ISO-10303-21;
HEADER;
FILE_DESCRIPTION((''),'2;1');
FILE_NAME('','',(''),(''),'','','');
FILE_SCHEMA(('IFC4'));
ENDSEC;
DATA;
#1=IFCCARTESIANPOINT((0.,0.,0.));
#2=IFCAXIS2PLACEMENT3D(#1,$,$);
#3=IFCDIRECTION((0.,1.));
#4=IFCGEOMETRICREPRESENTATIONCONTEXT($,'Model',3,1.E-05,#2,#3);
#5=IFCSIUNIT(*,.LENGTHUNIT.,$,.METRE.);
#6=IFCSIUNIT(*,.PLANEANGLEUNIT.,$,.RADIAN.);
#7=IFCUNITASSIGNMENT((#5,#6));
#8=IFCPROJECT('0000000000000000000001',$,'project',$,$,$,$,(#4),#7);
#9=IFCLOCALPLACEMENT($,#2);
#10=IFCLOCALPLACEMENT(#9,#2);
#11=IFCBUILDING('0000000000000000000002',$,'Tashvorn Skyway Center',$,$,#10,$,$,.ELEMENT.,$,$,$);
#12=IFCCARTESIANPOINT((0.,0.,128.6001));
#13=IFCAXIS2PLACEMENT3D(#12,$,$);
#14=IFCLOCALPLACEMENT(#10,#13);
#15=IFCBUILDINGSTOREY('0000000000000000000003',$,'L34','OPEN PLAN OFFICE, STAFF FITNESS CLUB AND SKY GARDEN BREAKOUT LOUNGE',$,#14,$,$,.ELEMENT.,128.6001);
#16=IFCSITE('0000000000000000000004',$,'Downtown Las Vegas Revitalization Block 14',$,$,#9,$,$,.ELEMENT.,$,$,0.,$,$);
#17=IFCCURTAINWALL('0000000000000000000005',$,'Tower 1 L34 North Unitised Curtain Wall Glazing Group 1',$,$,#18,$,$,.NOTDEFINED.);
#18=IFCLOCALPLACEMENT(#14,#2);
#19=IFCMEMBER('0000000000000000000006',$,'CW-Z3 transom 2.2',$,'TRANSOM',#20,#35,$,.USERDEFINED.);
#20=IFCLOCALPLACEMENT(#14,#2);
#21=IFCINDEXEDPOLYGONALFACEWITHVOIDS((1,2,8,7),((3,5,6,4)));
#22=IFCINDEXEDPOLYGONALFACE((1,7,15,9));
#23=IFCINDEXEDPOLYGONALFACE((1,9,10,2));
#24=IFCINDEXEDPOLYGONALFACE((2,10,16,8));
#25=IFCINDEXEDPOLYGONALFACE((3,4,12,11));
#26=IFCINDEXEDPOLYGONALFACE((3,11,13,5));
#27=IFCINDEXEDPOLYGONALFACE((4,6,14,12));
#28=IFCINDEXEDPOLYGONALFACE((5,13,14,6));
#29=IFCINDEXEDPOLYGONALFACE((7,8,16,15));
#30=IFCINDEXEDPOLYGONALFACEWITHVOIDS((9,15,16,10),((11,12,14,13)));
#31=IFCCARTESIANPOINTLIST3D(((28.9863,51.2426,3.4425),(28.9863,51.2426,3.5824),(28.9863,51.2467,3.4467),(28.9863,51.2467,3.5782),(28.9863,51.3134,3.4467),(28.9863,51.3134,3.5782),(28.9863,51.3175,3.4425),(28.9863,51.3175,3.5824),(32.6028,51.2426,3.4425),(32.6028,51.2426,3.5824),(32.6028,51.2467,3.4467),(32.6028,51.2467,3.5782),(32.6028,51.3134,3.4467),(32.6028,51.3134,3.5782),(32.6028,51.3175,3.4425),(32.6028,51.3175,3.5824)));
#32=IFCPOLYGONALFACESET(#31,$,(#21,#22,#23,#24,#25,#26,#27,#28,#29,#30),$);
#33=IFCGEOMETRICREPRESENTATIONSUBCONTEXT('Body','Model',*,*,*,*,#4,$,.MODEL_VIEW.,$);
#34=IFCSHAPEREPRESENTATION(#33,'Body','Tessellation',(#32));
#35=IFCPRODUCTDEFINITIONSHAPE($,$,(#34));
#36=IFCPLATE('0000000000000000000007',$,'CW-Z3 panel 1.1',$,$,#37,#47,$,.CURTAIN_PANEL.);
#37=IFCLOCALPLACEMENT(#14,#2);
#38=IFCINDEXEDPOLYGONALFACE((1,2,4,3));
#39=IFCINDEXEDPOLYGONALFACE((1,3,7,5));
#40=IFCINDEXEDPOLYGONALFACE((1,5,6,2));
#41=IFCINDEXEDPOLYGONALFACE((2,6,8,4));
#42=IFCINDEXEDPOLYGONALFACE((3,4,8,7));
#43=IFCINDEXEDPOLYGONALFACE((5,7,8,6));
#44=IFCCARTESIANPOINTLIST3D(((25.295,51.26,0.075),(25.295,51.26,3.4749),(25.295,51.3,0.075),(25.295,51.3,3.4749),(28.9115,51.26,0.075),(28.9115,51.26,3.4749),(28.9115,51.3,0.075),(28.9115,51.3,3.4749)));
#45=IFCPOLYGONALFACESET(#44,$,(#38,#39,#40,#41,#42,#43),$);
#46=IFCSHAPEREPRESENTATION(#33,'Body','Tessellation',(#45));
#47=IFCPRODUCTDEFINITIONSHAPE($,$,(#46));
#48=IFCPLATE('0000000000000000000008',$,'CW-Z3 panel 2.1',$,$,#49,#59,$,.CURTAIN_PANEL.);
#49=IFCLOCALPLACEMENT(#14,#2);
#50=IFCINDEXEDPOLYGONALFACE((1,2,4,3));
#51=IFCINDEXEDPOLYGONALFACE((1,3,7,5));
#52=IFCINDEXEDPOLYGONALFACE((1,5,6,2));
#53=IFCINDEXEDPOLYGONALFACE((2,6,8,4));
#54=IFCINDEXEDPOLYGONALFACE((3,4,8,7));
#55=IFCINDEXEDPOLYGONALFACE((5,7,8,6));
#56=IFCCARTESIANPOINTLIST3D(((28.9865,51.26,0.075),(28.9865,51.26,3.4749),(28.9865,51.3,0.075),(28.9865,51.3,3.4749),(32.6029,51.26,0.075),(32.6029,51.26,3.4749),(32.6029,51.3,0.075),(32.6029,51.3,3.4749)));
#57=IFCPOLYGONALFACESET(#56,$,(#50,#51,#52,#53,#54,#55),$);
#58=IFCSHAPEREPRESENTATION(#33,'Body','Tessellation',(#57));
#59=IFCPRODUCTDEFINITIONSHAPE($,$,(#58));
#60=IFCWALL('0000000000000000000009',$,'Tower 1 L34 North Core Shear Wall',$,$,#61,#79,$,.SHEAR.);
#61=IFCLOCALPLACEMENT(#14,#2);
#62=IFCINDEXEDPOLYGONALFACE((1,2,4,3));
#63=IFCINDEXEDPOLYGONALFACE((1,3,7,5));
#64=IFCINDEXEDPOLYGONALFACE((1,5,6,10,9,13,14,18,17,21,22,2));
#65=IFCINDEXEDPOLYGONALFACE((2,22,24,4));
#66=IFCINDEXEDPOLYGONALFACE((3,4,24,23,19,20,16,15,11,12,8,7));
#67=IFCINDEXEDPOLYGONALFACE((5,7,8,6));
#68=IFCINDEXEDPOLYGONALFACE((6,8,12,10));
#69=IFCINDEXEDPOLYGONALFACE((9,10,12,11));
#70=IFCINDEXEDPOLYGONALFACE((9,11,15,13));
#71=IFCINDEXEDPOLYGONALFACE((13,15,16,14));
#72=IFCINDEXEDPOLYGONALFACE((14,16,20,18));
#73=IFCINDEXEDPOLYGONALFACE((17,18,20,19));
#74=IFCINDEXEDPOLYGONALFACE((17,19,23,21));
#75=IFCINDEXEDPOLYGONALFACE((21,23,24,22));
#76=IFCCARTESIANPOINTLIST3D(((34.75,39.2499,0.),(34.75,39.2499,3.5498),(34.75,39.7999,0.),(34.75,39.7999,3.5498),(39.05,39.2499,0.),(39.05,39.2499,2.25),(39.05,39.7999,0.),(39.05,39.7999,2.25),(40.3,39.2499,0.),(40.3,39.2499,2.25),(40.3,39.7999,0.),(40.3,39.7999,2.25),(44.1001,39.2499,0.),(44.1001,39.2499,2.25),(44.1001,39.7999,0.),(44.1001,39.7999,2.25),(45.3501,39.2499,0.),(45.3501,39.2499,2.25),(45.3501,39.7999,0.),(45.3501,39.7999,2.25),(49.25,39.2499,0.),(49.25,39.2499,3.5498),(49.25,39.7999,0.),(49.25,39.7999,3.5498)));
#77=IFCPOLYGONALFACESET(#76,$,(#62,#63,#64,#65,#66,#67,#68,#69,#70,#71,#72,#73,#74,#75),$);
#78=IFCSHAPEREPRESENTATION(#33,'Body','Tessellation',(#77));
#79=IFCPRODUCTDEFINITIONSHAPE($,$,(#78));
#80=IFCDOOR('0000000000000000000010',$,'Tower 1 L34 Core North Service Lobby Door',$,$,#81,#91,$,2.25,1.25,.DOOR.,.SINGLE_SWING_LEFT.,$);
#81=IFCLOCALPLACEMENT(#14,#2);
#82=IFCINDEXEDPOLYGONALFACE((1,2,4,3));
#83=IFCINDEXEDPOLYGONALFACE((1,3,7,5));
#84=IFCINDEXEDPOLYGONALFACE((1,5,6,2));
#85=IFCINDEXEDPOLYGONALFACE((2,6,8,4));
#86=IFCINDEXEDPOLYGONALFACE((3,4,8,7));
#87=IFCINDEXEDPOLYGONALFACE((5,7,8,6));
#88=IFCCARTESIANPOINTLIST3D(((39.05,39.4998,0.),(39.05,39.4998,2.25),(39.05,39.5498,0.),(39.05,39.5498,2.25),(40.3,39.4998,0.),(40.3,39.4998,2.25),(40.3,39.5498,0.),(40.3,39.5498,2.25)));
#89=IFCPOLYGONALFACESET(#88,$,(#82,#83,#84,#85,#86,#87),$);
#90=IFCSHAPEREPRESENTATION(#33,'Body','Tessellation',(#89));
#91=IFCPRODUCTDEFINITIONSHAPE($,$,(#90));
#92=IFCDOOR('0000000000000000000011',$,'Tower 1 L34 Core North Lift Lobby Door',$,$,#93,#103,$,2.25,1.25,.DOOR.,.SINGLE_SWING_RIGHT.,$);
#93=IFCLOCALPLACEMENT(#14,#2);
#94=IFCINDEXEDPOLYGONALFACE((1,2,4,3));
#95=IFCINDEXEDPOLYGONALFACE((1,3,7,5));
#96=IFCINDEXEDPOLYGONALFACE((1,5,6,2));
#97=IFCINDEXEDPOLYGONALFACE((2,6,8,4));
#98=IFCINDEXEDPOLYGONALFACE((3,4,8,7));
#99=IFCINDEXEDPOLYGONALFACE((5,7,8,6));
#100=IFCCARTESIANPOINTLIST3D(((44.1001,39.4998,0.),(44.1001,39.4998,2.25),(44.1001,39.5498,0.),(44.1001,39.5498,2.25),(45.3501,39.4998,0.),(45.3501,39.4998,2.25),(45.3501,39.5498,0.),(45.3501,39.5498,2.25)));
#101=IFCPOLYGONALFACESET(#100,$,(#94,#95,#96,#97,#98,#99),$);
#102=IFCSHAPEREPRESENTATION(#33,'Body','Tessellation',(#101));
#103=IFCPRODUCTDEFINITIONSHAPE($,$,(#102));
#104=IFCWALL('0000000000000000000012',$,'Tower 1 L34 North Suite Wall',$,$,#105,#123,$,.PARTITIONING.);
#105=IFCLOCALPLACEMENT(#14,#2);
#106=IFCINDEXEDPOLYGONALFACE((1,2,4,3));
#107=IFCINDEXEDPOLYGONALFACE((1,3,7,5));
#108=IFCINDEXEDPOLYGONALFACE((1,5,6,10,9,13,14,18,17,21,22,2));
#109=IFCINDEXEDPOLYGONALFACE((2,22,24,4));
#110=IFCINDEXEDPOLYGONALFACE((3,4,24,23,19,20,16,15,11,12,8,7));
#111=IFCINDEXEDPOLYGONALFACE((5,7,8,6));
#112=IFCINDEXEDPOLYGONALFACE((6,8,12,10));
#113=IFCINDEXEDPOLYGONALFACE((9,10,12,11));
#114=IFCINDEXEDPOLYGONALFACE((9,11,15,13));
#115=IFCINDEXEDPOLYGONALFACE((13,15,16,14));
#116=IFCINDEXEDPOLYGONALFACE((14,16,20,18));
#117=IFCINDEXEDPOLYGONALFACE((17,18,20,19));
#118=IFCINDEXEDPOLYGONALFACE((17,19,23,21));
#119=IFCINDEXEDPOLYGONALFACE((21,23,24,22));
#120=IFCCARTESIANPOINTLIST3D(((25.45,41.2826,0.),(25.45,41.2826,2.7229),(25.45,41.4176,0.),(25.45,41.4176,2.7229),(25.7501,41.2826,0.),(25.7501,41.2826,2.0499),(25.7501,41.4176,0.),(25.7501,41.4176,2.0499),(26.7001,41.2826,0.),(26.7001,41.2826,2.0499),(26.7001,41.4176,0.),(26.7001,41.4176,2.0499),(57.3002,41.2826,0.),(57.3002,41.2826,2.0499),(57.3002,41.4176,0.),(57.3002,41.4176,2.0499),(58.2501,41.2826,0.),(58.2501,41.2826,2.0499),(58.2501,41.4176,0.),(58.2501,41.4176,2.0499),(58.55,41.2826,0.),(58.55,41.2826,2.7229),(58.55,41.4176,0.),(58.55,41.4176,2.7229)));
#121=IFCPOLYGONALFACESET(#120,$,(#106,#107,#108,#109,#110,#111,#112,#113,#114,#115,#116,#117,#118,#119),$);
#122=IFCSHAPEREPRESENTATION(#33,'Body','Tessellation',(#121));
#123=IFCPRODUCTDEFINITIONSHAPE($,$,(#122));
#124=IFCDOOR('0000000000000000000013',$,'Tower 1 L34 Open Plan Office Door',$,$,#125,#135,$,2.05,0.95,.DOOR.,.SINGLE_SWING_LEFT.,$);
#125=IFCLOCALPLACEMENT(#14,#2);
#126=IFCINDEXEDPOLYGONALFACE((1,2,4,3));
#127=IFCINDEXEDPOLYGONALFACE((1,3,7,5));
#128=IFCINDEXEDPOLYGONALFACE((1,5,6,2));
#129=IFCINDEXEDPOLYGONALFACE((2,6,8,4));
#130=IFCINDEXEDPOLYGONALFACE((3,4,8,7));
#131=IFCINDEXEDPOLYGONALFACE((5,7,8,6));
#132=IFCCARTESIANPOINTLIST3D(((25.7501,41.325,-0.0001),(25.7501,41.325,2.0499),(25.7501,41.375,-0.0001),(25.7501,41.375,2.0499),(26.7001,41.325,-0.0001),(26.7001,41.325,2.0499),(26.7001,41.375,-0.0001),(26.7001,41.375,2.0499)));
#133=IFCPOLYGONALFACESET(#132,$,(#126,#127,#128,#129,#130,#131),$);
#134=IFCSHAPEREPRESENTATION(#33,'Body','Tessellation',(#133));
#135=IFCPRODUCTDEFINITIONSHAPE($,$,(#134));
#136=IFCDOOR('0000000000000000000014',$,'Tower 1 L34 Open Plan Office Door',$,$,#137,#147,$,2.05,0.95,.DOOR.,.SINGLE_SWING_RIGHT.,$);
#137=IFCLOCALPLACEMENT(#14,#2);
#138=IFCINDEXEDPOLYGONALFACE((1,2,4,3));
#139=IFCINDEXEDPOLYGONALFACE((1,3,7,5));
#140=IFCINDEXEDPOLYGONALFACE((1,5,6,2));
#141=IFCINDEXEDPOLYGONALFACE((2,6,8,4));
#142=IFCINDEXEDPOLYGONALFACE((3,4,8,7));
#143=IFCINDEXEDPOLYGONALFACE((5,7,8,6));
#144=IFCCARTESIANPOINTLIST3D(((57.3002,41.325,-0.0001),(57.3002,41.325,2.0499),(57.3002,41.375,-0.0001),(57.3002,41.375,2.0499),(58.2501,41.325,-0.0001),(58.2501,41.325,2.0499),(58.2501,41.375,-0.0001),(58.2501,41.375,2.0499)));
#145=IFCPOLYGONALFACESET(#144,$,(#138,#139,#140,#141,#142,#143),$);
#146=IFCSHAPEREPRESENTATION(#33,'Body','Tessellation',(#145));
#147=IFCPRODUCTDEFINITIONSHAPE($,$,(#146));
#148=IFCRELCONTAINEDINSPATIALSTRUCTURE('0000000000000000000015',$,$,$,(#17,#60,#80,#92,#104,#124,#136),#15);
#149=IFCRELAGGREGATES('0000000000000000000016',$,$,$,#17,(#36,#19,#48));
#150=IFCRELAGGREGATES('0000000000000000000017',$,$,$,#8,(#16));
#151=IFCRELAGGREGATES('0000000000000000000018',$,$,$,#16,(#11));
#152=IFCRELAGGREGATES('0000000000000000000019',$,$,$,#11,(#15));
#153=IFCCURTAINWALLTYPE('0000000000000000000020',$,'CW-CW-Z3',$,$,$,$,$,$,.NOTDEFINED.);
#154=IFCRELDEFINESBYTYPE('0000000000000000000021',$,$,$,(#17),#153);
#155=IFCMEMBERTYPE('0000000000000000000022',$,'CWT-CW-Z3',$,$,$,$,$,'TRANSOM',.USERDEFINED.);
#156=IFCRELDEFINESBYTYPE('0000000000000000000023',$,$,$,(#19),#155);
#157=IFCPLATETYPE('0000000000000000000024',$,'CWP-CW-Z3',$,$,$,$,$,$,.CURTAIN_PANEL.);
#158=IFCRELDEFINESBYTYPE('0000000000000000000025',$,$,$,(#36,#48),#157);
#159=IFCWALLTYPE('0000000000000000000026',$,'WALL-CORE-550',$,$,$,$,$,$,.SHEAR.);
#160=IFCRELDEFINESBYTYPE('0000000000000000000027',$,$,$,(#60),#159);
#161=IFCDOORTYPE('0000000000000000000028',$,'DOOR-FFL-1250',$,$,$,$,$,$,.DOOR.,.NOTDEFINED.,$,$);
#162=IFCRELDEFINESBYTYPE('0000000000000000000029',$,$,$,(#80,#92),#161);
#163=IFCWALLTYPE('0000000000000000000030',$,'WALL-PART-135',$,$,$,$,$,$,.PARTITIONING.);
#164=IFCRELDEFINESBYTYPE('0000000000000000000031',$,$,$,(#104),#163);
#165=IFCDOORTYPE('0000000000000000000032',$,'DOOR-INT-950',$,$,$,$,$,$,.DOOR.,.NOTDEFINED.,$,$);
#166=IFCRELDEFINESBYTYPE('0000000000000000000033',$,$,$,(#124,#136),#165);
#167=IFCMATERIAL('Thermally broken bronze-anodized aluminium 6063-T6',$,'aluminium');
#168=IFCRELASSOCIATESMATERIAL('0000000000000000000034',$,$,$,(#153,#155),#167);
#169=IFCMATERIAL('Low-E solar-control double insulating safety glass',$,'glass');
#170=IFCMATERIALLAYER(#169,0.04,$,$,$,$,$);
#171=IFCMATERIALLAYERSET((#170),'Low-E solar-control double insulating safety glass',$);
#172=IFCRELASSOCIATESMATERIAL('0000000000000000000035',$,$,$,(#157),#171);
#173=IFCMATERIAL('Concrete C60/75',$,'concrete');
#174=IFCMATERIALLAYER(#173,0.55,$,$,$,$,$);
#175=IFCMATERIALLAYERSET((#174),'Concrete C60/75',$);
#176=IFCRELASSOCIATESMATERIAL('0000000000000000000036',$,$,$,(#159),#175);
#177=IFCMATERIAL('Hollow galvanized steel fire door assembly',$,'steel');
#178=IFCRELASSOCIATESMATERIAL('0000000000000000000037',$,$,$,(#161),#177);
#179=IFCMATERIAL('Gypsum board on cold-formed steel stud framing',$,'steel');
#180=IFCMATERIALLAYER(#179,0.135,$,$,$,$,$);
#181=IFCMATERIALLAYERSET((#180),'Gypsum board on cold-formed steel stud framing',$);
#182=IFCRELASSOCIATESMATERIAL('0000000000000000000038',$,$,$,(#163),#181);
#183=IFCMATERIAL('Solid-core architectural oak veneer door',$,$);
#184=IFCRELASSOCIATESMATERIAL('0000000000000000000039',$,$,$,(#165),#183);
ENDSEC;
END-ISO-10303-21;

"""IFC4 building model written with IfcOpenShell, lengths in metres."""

from ifc_helpers import new_model, si_unit, direction, frame, frame_2d, origin, origin_2d, place, context, subcontext, project, spatial, rectangle, hollow_rectangle, extrude, material, layer, layer_set, material_profile, profile_set, type_object, element, fill, aggregate, save


model = new_model("IFC4")

# Units and contexts
model_context = context("Model", 3, precision=1e-05, world=origin(), true_north=direction((0.0, 1.0)))
body_context = subcontext(model_context, "Body", "Model", "MODEL_VIEW")
ifc_project = project(units=[si_unit("LENGTHUNIT", "METRE"), si_unit("PLANEANGLEUNIT", "RADIAN")], contexts=[model_context])

# Site, building, storey
site_placement = place(None, origin())
site = spatial("IfcSite", under=ifc_project, at=site_placement, Name="Downtown Las Vegas Revitalization Block 14", CompositionType="ELEMENT", RefElevation=0.0)
building_placement = place(site_placement, origin())
building = spatial("IfcBuilding", under=site, at=building_placement, Name="Tashvorn Skyway Center", CompositionType="ELEMENT")
storey_placement = place(building_placement, frame((0.0, 0.0, 128.6001)))
storey = spatial("IfcBuildingStorey", under=building, at=storey_placement, Name="L34", Description="OPEN PLAN OFFICE, STAFF FITNESS CLUB AND SKY GARDEN BREAKOUT LOUNGE", CompositionType="ELEMENT", Elevation=128.6001)

# Curtain wall, member, plates
ifc_material_1 = material(Name="Thermally broken bronze-anodized aluminium 6063-T6", Category="aluminium")
curtain_wall_type = type_object("IfcCurtainWallType", Name="CW-CW-Z3", PredefinedType="NOTDEFINED", material=ifc_material_1)
curtain_wall_placement = place(storey_placement, origin())
curtain_wall = element("IfcCurtainWall", 1, at=curtain_wall_placement, inside=storey, type_object=curtain_wall_type, Name="Tower 1 L34 North Unitised Curtain Wall Glazing Group 1", PredefinedType="NOTDEFINED")
ifc_material_profile_1 = material_profile(ifc_material_1, hollow_rectangle(XDim=0.075, YDim=0.1399, WallThickness=0.0042, at=origin_2d()), Name="ALU-TRAN-75x140")
ifc_profile_set_1 = profile_set([ifc_material_profile_1], Name="Thermally broken bronze-anodized aluminium 6063-T6")
member_type_1 = type_object("IfcMemberType", Name="CWT-CW-Z3", ElementType="TRANSOM", PredefinedType="USERDEFINED", material=ifc_profile_set_1)
member_1_placement = place(storey_placement, frame((28.9863, 51.28, 3.5125), z_axis=(1.0, 0.0, 0.0), x_axis=(0.0, 1.0, 0.0)))
member_1 = element("IfcMember", 2, at=member_1_placement, type_object=member_type_1, Name="CW-Z3 transom 2.2", ObjectType="TRANSOM", PredefinedType="USERDEFINED", context=body_context, shape_type="SweptSolid", body=[
    extrude(hollow_rectangle(XDim=0.075, YDim=0.1399, WallThickness=0.0042, at=origin_2d()), origin(), (0.0, 0.0, 1.0), 3.6165),
])
ifc_material_2 = material(Name="Low-E solar-control double insulating safety glass", Category="glass")
ifc_layer_1 = layer(ifc_material_2, 0.04)
ifc_layer_set_1 = layer_set([ifc_layer_1], Name="Low-E solar-control double insulating safety glass")
plate_type = type_object("IfcPlateType", Name="CWP-CW-Z3", PredefinedType="CURTAIN_PANEL", material=ifc_layer_set_1)
plate_1_placement = place(storey_placement, frame((27.1033, 51.28, 0.075), z_axis=(0.0, 0.0, 1.0), x_axis=(1.0, 0.0, 0.0)))
plate_1 = element("IfcPlate", 3, at=plate_1_placement, type_object=plate_type, Name="CW-Z3 panel 1.1", PredefinedType="CURTAIN_PANEL", context=body_context, shape_type="SweptSolid", body=[
    extrude(rectangle(XDim=3.6165, YDim=0.04, at=origin_2d()), origin(), (0.0, 0.0, 1.0), 3.3999),
])
plate_2_placement = place(storey_placement, frame((30.7947, 51.28, 0.075), z_axis=(0.0, 0.0, 1.0), x_axis=(1.0, 0.0, 0.0)))
plate_2 = element("IfcPlate", 4, at=plate_2_placement, type_object=plate_type, Name="CW-Z3 panel 2.1", PredefinedType="CURTAIN_PANEL", context=body_context, shape_type="SweptSolid", body=[
    extrude(rectangle(XDim=3.6165, YDim=0.04, at=origin_2d()), origin(), (0.0, 0.0, 1.0), 3.3999),
])
aggregate(curtain_wall, [plate_1, member_1, plate_2])

# Walls, openings, doors
ifc_material_3 = material(Name="Concrete C60/75", Category="concrete")
ifc_layer_2 = layer(ifc_material_3, 0.55)
ifc_layer_set_2 = layer_set([ifc_layer_2], Name="Concrete C60/75")
wall_type_1 = type_object("IfcWallType", Name="WALL-CORE-550", PredefinedType="SHEAR", material=ifc_layer_set_2)
wall_1_placement = place(storey_placement, frame((34.75, 39.5249, 0.0), z_axis=(0.0, 0.0, 1.0), x_axis=(1.0, 0.0, 0.0)))
wall_1 = element("IfcWall", 5, at=wall_1_placement, inside=storey, type_object=wall_type_1, Name="Tower 1 L34 North Core Shear Wall", PredefinedType="SHEAR", context=body_context, shape_type="SweptSolid", body=[
    extrude(rectangle(XDim=14.5, YDim=0.55, at=frame_2d((7.25, 0.0))), origin(), (0.0, 0.0, 1.0), 3.5498),
])
opening_1_placement = place(wall_1_placement, frame((4.3, 0.0, 0.0)))
opening_1 = element("IfcOpeningElement", 6, at=opening_1_placement, cuts=wall_1, PredefinedType="OPENING", context=body_context, shape_type="SweptSolid", body=[
    extrude(rectangle(XDim=1.25, YDim=2.25, at=frame_2d((0.625, 1.125))), frame((0.0, 0.2849, 0.0), z_axis=(0.0, -1.0, 0.0), x_axis=(1.0, 0.0, 0.0)), (0.0, 0.0, 1.0), 0.5701),
])
opening_2_placement = place(wall_1_placement, frame((9.3501, 0.0, 0.0)))
opening_2 = element("IfcOpeningElement", 7, at=opening_2_placement, cuts=wall_1, PredefinedType="OPENING", context=body_context, shape_type="SweptSolid", body=[
    extrude(rectangle(XDim=1.25, YDim=2.25, at=frame_2d((0.625, 1.125))), frame((0.0, 0.2849, 0.0), z_axis=(0.0, -1.0, 0.0), x_axis=(1.0, 0.0, 0.0)), (0.0, 0.0, 1.0), 0.5701),
])
ifc_material_4 = material(Name="Hollow galvanized steel fire door assembly", Category="steel")
door_type_1 = type_object("IfcDoorType", Name="DOOR-FFL-1250", OperationType="NOTDEFINED", PredefinedType="DOOR", material=ifc_material_4)
door_1_placement = place(opening_1_placement, origin())
door_1 = element("IfcDoor", 8, at=door_1_placement, inside=storey, type_object=door_type_1, Name="Tower 1 L34 Core North Service Lobby Door", OperationType="SINGLE_SWING_LEFT", OverallHeight=2.25, OverallWidth=1.25, PredefinedType="DOOR", context=body_context, shape_type="SweptSolid", body=[
    extrude(rectangle(XDim=1.25, YDim=2.25, at=frame_2d((0.625, 1.125))), frame((0.0, 0.0249, 0.0), z_axis=(0.0, -1.0, 0.0), x_axis=(1.0, 0.0, 0.0)), (0.0, 0.0, 1.0), 0.05),
])
fill(opening_1, door_1)
door_2_placement = place(opening_2_placement, origin())
door_2 = element("IfcDoor", 9, at=door_2_placement, inside=storey, type_object=door_type_1, Name="Tower 1 L34 Core North Lift Lobby Door", OperationType="SINGLE_SWING_RIGHT", OverallHeight=2.25, OverallWidth=1.25, PredefinedType="DOOR", context=body_context, shape_type="SweptSolid", body=[
    extrude(rectangle(XDim=1.25, YDim=2.25, at=frame_2d((0.625, 1.125))), frame((0.0, 0.0249, 0.0), z_axis=(0.0, -1.0, 0.0), x_axis=(1.0, 0.0, 0.0)), (0.0, 0.0, 1.0), 0.05),
])
fill(opening_2, door_2)
ifc_material_5 = material(Name="Gypsum board on cold-formed steel stud framing", Category="steel")
ifc_layer_3 = layer(ifc_material_5, 0.135)
ifc_layer_set_3 = layer_set([ifc_layer_3], Name="Gypsum board on cold-formed steel stud framing")
wall_type_2 = type_object("IfcWallType", Name="WALL-PART-135", PredefinedType="PARTITIONING", material=ifc_layer_set_3)
wall_2_placement = place(storey_placement, frame((25.45, 41.3501, 0.0), z_axis=(0.0, 0.0, 1.0), x_axis=(1.0, 0.0, 0.0)))
wall_2 = element("IfcWall", 10, at=wall_2_placement, inside=storey, type_object=wall_type_2, Name="Tower 1 L34 North Suite Wall", PredefinedType="PARTITIONING", context=body_context, shape_type="SweptSolid", body=[
    extrude(rectangle(XDim=33.1001, YDim=0.135, at=frame_2d((16.55, 0.0))), origin(), (0.0, 0.0, 1.0), 2.7229),
])
opening_3_placement = place(wall_2_placement, frame((0.3, 0.0, 0.0)))
opening_3 = element("IfcOpeningElement", 11, at=opening_3_placement, cuts=wall_2, PredefinedType="OPENING", context=body_context, shape_type="SweptSolid", body=[
    extrude(rectangle(XDim=0.95, YDim=2.05, at=frame_2d((0.4751, 1.0249))), frame((0.0, 0.0774, 0.0), z_axis=(0.0, -1.0, 0.0), x_axis=(1.0, 0.0, 0.0)), (0.0, 0.0, 1.0), 0.155),
])
opening_4_placement = place(wall_2_placement, frame((31.8501, 0.0, 0.0)))
opening_4 = element("IfcOpeningElement", 12, at=opening_4_placement, cuts=wall_2, PredefinedType="OPENING", context=body_context, shape_type="SweptSolid", body=[
    extrude(rectangle(XDim=0.95, YDim=2.05, at=frame_2d((0.4751, 1.0249))), frame((0.0, 0.0774, 0.0), z_axis=(0.0, -1.0, 0.0), x_axis=(1.0, 0.0, 0.0)), (0.0, 0.0, 1.0), 0.155),
])
ifc_material_6 = material(Name="Solid-core architectural oak veneer door")
door_type_2 = type_object("IfcDoorType", Name="DOOR-INT-950", OperationType="NOTDEFINED", PredefinedType="DOOR", material=ifc_material_6)
door_3_placement = place(opening_3_placement, origin())
door_3 = element("IfcDoor", 13, at=door_3_placement, inside=storey, type_object=door_type_2, Name="Tower 1 L34 Open Plan Office Door", OperationType="SINGLE_SWING_LEFT", OverallHeight=2.05, OverallWidth=0.95, PredefinedType="DOOR", context=body_context, shape_type="SweptSolid", body=[
    extrude(rectangle(XDim=0.95, YDim=2.05, at=frame_2d((0.4751, 1.0249))), frame((0.0, 0.0249, 0.0), z_axis=(0.0, -1.0, 0.0), x_axis=(1.0, 0.0, 0.0)), (0.0, 0.0, 1.0), 0.05),
])
fill(opening_3, door_3)
door_4_placement = place(opening_4_placement, origin())
door_4 = element("IfcDoor", 14, at=door_4_placement, inside=storey, type_object=door_type_2, Name="Tower 1 L34 Open Plan Office Door", OperationType="SINGLE_SWING_RIGHT", OverallHeight=2.05, OverallWidth=0.95, PredefinedType="DOOR", context=body_context, shape_type="SweptSolid", body=[
    extrude(rectangle(XDim=0.95, YDim=2.05, at=frame_2d((0.4751, 1.0249))), frame((0.0, 0.0249, 0.0), z_axis=(0.0, -1.0, 0.0), x_axis=(1.0, 0.0, 0.0)), (0.0, 0.0, 1.0), 0.05),
])
fill(opening_4, door_4)

save(model, "model.ifc")
